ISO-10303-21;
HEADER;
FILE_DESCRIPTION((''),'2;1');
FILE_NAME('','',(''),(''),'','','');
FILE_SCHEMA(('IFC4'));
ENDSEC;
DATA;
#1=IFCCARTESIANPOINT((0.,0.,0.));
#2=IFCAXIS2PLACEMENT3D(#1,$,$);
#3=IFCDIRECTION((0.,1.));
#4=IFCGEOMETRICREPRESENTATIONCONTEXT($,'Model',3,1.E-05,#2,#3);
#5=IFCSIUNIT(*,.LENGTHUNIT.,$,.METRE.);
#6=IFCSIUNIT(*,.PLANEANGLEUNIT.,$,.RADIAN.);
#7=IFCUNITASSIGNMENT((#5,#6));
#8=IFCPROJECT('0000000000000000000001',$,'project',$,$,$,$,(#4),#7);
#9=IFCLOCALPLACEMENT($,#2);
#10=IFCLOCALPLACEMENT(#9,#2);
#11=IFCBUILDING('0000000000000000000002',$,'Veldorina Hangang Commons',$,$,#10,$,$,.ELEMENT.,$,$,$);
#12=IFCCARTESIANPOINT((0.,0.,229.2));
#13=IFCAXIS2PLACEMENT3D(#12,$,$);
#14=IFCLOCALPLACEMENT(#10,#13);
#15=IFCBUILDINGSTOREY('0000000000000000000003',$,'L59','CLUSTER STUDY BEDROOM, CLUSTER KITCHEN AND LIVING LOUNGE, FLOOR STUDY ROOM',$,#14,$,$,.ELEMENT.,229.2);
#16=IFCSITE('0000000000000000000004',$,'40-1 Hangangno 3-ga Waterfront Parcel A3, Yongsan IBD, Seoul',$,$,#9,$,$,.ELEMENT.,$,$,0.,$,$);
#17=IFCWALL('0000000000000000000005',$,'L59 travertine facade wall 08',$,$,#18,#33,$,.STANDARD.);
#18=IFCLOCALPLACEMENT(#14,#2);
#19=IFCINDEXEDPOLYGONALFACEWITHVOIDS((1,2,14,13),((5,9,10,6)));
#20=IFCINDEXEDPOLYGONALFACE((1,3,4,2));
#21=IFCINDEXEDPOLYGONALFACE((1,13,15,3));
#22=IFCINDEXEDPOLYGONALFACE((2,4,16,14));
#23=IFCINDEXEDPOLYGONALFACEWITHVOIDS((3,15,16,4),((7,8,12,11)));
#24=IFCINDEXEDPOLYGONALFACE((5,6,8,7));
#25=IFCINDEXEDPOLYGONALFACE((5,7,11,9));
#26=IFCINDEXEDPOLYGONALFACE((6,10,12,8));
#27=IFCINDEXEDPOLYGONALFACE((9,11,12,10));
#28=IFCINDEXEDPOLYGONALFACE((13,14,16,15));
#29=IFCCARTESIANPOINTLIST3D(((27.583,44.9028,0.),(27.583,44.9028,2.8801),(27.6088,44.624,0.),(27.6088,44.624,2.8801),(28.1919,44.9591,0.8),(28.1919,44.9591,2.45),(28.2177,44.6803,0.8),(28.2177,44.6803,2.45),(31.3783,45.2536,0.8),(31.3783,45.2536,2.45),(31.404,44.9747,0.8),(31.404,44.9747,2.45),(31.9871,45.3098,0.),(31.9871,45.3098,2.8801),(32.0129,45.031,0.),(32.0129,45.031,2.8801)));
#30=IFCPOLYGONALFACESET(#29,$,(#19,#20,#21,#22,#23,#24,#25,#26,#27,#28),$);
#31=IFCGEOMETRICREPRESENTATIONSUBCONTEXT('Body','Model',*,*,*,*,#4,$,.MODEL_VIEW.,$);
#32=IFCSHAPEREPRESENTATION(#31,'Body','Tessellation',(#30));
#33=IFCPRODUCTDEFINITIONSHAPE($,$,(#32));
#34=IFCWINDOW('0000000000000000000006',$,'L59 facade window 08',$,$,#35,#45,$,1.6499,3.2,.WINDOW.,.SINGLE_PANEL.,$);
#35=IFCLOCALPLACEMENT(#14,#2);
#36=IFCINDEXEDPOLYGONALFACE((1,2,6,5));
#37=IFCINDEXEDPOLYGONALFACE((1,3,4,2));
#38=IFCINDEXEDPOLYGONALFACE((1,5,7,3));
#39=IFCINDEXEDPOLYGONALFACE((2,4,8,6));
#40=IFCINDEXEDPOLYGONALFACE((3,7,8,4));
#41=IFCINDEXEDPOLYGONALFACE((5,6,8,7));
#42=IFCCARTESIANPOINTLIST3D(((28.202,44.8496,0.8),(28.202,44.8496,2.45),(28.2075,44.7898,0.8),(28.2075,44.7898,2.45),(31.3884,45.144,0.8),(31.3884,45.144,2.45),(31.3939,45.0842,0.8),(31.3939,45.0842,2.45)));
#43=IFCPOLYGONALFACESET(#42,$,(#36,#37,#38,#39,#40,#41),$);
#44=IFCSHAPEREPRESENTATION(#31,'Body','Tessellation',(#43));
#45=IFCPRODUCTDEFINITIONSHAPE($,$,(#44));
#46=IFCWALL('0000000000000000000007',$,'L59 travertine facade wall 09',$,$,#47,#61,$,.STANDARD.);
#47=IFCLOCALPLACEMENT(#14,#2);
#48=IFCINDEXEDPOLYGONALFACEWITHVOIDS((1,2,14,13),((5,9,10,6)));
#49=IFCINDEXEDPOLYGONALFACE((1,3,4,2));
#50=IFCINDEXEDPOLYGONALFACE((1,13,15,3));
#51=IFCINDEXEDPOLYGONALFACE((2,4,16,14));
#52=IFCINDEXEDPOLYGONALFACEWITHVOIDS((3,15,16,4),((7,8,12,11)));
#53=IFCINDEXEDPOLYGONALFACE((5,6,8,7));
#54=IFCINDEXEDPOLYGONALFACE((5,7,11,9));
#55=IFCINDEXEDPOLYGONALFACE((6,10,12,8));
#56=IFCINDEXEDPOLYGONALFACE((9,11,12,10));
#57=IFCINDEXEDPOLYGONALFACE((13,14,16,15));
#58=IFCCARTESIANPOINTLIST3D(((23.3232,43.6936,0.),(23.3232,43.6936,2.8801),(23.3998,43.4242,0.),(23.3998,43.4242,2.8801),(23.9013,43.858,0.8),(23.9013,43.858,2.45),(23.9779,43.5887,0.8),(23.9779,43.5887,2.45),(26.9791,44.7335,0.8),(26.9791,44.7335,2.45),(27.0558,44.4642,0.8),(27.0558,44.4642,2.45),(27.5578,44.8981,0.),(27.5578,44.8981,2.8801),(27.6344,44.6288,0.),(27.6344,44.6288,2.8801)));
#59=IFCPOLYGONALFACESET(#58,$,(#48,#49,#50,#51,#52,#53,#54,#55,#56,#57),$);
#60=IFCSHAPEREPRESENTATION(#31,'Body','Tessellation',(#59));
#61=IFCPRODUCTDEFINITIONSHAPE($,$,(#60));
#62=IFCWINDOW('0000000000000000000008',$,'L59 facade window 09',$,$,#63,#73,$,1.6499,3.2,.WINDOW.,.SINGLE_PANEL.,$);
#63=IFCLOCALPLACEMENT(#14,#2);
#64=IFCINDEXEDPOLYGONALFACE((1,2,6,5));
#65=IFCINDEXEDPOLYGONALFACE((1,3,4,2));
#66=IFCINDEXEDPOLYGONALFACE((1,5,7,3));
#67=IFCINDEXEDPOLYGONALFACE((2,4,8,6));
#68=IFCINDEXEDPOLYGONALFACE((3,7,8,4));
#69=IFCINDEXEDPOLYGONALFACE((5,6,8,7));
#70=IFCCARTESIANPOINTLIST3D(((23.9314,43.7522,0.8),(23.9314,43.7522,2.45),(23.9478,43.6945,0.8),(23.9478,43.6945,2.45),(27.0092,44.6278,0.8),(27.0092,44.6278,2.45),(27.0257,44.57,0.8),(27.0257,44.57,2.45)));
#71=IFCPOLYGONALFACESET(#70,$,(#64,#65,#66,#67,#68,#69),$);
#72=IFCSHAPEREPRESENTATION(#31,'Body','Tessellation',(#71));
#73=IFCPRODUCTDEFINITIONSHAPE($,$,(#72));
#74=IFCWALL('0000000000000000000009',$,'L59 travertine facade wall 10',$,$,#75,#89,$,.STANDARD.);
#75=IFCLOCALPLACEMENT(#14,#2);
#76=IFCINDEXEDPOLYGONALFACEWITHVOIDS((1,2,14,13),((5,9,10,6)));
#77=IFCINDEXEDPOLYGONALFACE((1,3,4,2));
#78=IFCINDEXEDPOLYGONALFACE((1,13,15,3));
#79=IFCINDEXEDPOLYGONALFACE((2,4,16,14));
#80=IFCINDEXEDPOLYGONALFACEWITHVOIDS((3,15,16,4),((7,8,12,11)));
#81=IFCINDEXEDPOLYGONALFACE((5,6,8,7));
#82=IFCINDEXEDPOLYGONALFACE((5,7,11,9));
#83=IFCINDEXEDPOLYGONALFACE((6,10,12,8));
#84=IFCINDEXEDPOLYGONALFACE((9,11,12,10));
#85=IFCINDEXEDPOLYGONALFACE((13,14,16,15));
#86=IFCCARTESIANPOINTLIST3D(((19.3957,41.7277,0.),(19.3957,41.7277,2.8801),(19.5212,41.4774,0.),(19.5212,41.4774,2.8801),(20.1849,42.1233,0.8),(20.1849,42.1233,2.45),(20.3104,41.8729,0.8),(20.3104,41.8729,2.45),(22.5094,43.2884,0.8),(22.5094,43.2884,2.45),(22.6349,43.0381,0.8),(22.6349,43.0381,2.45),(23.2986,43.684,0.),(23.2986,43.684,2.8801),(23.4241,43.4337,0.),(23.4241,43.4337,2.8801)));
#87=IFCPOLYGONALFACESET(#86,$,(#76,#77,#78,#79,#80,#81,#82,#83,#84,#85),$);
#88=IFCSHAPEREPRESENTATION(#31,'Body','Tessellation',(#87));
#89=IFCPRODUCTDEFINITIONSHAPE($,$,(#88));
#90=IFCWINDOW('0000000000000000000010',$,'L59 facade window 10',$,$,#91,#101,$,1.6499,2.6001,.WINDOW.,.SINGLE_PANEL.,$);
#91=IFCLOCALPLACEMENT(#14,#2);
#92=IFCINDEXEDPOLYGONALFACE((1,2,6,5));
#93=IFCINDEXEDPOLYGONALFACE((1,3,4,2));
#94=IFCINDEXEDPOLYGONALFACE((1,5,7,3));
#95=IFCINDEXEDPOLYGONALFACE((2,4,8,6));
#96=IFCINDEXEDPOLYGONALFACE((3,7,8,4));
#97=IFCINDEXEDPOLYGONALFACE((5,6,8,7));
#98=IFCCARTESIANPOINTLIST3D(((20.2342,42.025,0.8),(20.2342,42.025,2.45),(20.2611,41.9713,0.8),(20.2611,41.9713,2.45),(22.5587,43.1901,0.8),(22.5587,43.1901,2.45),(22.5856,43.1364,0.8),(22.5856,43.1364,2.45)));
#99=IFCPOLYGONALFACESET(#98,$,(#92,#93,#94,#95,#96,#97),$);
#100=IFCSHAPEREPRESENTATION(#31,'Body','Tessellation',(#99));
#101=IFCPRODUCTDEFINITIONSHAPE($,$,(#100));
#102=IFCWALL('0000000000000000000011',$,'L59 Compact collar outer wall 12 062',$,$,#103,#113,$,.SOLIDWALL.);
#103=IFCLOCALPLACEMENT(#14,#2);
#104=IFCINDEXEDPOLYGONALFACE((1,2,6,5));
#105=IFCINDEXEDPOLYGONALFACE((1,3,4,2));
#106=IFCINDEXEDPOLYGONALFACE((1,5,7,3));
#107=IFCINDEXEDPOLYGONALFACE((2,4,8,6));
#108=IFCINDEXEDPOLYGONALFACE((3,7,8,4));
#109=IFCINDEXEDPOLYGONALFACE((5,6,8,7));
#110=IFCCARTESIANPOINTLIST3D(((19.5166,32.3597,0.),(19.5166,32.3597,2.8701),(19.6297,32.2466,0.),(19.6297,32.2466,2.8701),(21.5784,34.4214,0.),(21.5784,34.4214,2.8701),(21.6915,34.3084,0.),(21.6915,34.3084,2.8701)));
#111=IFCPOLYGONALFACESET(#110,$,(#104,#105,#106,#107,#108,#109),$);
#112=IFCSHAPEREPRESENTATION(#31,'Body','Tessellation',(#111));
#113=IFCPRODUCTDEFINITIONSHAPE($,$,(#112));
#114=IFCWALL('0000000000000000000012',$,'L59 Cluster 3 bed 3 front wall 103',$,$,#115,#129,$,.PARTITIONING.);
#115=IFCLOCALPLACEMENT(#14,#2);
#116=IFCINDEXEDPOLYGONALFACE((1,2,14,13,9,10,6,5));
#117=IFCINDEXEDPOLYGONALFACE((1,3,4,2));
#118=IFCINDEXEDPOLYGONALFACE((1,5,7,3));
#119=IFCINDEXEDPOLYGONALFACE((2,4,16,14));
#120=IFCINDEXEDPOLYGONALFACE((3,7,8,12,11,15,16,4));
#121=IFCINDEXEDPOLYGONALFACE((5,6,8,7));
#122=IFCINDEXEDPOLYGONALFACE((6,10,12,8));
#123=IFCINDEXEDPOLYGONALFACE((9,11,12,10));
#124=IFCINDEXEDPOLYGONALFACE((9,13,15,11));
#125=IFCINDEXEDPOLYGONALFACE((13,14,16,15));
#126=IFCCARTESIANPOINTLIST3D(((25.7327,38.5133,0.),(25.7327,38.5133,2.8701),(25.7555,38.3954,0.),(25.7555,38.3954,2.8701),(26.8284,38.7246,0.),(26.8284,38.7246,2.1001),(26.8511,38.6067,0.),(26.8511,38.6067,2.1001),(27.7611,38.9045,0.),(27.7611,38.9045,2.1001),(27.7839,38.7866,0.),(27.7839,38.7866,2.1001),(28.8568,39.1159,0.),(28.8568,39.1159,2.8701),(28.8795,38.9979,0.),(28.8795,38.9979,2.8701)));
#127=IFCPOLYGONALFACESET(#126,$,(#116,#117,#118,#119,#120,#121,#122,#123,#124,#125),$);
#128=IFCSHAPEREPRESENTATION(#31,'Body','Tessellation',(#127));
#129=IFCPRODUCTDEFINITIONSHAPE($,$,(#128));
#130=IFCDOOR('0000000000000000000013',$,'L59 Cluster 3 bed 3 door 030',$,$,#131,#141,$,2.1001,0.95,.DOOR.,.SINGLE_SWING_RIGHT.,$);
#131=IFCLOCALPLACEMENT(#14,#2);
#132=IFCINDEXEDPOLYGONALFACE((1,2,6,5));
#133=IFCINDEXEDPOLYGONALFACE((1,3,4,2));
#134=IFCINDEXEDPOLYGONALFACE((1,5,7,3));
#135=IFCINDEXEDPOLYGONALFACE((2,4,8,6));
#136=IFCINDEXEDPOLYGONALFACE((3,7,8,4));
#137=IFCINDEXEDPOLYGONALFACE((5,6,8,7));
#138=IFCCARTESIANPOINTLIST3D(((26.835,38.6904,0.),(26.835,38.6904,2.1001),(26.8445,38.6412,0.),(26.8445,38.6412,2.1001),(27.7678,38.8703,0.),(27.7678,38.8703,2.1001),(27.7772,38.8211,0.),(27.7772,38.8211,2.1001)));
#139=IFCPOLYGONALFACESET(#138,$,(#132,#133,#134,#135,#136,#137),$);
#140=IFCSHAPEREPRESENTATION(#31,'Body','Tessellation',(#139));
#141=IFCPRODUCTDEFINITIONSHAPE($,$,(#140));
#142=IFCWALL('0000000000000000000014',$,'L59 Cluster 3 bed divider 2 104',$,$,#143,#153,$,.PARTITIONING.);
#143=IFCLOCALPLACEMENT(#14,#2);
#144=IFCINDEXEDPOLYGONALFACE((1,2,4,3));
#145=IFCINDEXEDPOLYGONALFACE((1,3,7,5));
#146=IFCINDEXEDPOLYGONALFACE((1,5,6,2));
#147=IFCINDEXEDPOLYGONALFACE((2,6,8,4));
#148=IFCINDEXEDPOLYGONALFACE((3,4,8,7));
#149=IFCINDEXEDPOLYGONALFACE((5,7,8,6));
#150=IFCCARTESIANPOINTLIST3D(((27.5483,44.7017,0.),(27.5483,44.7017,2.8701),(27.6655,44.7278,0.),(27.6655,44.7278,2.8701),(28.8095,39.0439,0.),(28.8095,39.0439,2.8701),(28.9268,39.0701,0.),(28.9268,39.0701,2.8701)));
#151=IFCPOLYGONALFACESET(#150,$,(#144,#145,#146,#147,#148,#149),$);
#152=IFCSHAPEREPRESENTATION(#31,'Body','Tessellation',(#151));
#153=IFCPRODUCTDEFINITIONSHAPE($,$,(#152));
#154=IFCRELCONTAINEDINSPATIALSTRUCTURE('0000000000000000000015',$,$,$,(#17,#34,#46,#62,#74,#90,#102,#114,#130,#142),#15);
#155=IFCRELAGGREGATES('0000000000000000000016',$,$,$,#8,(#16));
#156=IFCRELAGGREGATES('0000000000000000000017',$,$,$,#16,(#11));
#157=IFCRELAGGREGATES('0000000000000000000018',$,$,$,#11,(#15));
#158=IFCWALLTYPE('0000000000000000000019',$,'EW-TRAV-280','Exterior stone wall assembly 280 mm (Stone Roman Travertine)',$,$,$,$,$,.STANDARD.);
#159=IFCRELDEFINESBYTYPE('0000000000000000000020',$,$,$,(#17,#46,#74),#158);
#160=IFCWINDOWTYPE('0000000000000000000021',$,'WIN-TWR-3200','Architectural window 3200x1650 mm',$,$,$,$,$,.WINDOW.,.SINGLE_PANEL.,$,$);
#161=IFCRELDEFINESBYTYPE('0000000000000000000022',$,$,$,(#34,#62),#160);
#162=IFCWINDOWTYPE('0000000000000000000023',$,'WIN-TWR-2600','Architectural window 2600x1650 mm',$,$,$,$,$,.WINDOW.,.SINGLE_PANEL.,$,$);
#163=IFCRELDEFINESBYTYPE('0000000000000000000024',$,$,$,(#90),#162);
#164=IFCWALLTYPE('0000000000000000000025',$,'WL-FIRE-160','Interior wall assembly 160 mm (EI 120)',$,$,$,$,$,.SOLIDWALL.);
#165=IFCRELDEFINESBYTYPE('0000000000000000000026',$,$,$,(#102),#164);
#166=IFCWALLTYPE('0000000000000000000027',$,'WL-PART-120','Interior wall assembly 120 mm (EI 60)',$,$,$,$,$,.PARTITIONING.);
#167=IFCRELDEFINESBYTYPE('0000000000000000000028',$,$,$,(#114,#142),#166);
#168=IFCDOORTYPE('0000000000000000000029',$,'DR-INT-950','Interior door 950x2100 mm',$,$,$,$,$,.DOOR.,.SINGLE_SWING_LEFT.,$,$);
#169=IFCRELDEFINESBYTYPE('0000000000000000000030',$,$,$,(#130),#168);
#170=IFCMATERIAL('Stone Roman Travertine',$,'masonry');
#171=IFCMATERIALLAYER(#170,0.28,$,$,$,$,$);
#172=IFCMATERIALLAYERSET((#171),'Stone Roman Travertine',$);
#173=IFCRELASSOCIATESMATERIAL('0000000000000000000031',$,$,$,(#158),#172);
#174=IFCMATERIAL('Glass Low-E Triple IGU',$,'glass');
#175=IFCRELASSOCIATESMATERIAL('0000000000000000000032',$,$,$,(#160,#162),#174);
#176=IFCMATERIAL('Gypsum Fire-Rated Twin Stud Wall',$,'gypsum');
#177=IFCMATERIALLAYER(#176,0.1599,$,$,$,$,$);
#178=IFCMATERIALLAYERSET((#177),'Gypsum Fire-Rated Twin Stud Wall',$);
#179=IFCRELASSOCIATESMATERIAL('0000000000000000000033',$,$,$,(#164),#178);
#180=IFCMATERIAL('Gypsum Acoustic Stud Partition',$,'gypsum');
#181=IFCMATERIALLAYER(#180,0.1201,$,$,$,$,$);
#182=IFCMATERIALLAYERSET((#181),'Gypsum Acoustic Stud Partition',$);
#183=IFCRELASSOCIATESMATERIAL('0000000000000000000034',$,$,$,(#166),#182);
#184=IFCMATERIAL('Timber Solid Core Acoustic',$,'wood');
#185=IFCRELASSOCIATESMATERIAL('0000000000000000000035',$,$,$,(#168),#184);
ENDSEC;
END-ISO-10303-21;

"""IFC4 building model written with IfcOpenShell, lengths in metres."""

from ifc_helpers import new_model, si_unit, direction, frame, frame_2d, origin, place, context, subcontext, project, spatial, rectangle, extrude, material, layer, layer_set, type_object, element, fill, save


model = new_model("IFC4")

# Units and contexts
model_context = context("Model", 3, precision=1e-05, world=origin(), true_north=direction((0.0, 1.0)))
body_context = subcontext(model_context, "Body", "Model", "MODEL_VIEW")
ifc_project = project(units=[si_unit("LENGTHUNIT", "METRE"), si_unit("PLANEANGLEUNIT", "RADIAN")], contexts=[model_context])

# Site, building, storey
site_placement = place(None, origin())
site = spatial("IfcSite", under=ifc_project, at=site_placement, Name="40-1 Hangangno 3-ga Waterfront Parcel A3, Yongsan IBD, Seoul", CompositionType="ELEMENT", RefElevation=0.0)
building_placement = place(site_placement, origin())
building = spatial("IfcBuilding", under=site, at=building_placement, Name="Veldorina Hangang Commons", CompositionType="ELEMENT")
storey_placement = place(building_placement, frame((0.0, 0.0, 229.2)))
storey = spatial("IfcBuildingStorey", under=building, at=storey_placement, Name="L59", Description="CLUSTER STUDY BEDROOM, CLUSTER KITCHEN AND LIVING LOUNGE, FLOOR STUDY ROOM", CompositionType="ELEMENT", Elevation=229.2)

# Walls, openings, windows
ifc_material_1 = material(Name="Stone Roman Travertine", Category="masonry")
ifc_layer_1 = layer(ifc_material_1, 0.28)
ifc_layer_set_1 = layer_set([ifc_layer_1], Name="Stone Roman Travertine")
wall_type_1 = type_object("IfcWallType", Name="EW-TRAV-280", Description="Exterior stone wall assembly 280 mm (Stone Roman Travertine)", PredefinedType="STANDARD", material=ifc_layer_set_1)
wall_1_placement = place(storey_placement, frame((32.0, 45.1704, 0.0), z_axis=(0.0, 0.0, 1.0), x_axis=(-0.995757, -0.092019, 0.0)))
wall_1 = element("IfcWall", 1, at=wall_1_placement, inside=storey, type_object=wall_type_1, Name="L59 travertine facade wall 08", PredefinedType="STANDARD", context=body_context, shape_type="SweptSolid", body=[
    extrude(rectangle(XDim=4.4229, YDim=0.28, at=frame_2d((2.2114, 0.0))), origin(), (0.0, 0.0, 1.0), 2.8801),
])
opening_1_placement = place(wall_1_placement, frame((0.6113, 0.0, 0.8)))
opening_1 = element("IfcOpeningElement", 2, at=opening_1_placement, cuts=wall_1, PredefinedType="OPENING", context=body_context, shape_type="SweptSolid", body=[
    extrude(rectangle(XDim=3.2, YDim=1.6499, at=frame_2d((1.6001, 0.825))), frame((0.0, 0.1499, 0.0), z_axis=(0.0, -1.0, 0.0), x_axis=(1.0, 0.0, 0.0)), (0.0, 0.0, 1.0), 0.3),
])
ifc_material_2 = material(Name="Glass Low-E Triple IGU", Category="glass")
window_type_1 = type_object("IfcWindowType", Name="WIN-TWR-3200", Description="Architectural window 3200x1650 mm", PartitioningType="SINGLE_PANEL", PredefinedType="WINDOW", material=ifc_material_2)
window_1_placement = place(opening_1_placement, origin())
window_1 = element("IfcWindow", 3, at=window_1_placement, inside=storey, type_object=window_type_1, Name="L59 facade window 08", OverallHeight=1.6499, OverallWidth=3.2, PartitioningType="SINGLE_PANEL", PredefinedType="WINDOW", context=body_context, shape_type="SweptSolid", body=[
    extrude(rectangle(XDim=3.2, YDim=1.6499, at=frame_2d((1.6001, 0.825))), frame((0.0, 0.03, 0.0), z_axis=(0.0, -1.0, 0.0), x_axis=(1.0, 0.0, 0.0)), (0.0, 0.0, 1.0), 0.0601),
])
fill(opening_1, window_1)
wall_2_placement = place(storey_placement, frame((27.5959, 44.7634, 0.0), z_axis=(0.0, 0.0, 1.0), x_axis=(-0.961841, -0.273608, 0.0)))
wall_2 = element("IfcWall", 4, at=wall_2_placement, inside=storey, type_object=wall_type_1, Name="L59 travertine facade wall 09", PredefinedType="STANDARD", context=body_context, shape_type="SweptSolid", body=[
    extrude(rectangle(XDim=4.4026, YDim=0.28, at=frame_2d((2.2012, 0.0))), origin(), (0.0, 0.0, 1.0), 2.8801),
])
opening_2_placement = place(wall_2_placement, frame((0.6013, 0.0, 0.8)))
opening_2 = element("IfcOpeningElement", 5, at=opening_2_placement, cuts=wall_2, PredefinedType="OPENING", context=body_context, shape_type="SweptSolid", body=[
    extrude(rectangle(XDim=3.2, YDim=1.6499, at=frame_2d((1.6001, 0.825))), frame((0.0, 0.1499, 0.0), z_axis=(0.0, -1.0, 0.0), x_axis=(1.0, 0.0, 0.0)), (0.0, 0.0, 1.0), 0.3),
])
window_2_placement = place(opening_2_placement, origin())
window_2 = element("IfcWindow", 6, at=window_2_placement, inside=storey, type_object=window_type_1, Name="L59 facade window 09", OverallHeight=1.6499, OverallWidth=3.2, PartitioningType="SINGLE_PANEL", PredefinedType="WINDOW", context=body_context, shape_type="SweptSolid", body=[
    extrude(rectangle(XDim=3.2, YDim=1.6499, at=frame_2d((1.6001, 0.825))), frame((0.0, 0.03, 0.0), z_axis=(0.0, -1.0, 0.0), x_axis=(1.0, 0.0, 0.0)), (0.0, 0.0, 1.0), 0.0601),
])
fill(opening_2, window_2)
wall_3_placement = place(storey_placement, frame((23.3613, 43.5588, 0.0), z_axis=(0.0, 0.0, 1.0), x_axis=(-0.893979, -0.448108, 0.0)))
wall_3 = element("IfcWall", 7, at=wall_3_placement, inside=storey, type_object=wall_type_1, Name="L59 travertine facade wall 10", PredefinedType="STANDARD", context=body_context, shape_type="SweptSolid", body=[
    extrude(rectangle(XDim=4.3657, YDim=0.28, at=frame_2d((2.1829, 0.0))), origin(), (0.0, 0.0, 1.0), 2.8801),
])
opening_3_placement = place(wall_3_placement, frame((0.8828, 0.0, 0.8)))
opening_3 = element("IfcOpeningElement", 8, at=opening_3_placement, cuts=wall_3, PredefinedType="OPENING", context=body_context, shape_type="SweptSolid", body=[
    extrude(rectangle(XDim=2.6001, YDim=1.6499, at=frame_2d((1.3, 0.825))), frame((0.0, 0.1499, 0.0), z_axis=(0.0, -1.0, 0.0), x_axis=(1.0, 0.0, 0.0)), (0.0, 0.0, 1.0), 0.3),
])
window_type_2 = type_object("IfcWindowType", Name="WIN-TWR-2600", Description="Architectural window 2600x1650 mm", PartitioningType="SINGLE_PANEL", PredefinedType="WINDOW", material=ifc_material_2)
window_3_placement = place(opening_3_placement, origin())
window_3 = element("IfcWindow", 9, at=window_3_placement, inside=storey, type_object=window_type_2, Name="L59 facade window 10", OverallHeight=1.6499, OverallWidth=2.6001, PartitioningType="SINGLE_PANEL", PredefinedType="WINDOW", context=body_context, shape_type="SweptSolid", body=[
    extrude(rectangle(XDim=2.6001, YDim=1.6499, at=frame_2d((1.3, 0.825))), frame((0.0, 0.03, 0.0), z_axis=(0.0, -1.0, 0.0), x_axis=(1.0, 0.0, 0.0)), (0.0, 0.0, 1.0), 0.0601),
])
fill(opening_3, window_3)

# Wall
ifc_material_3 = material(Name="Gypsum Fire-Rated Twin Stud Wall", Category="gypsum")
ifc_layer_2 = layer(ifc_material_3, 0.1599)
ifc_layer_set_2 = layer_set([ifc_layer_2], Name="Gypsum Fire-Rated Twin Stud Wall")
wall_type_2 = type_object("IfcWallType", Name="WL-FIRE-160", Description="Interior wall assembly 160 mm (EI 120)", PredefinedType="SOLIDWALL", material=ifc_layer_set_2)
wall_4_placement = place(storey_placement, frame((21.635, 34.365, 0.0), z_axis=(0.0, 0.0, 1.0), x_axis=(-0.707107, -0.707107, 0.0)))
element("IfcWall", 10, at=wall_4_placement, inside=storey, type_object=wall_type_2, Name="L59 Compact collar outer wall 12 062", PredefinedType="SOLIDWALL", context=body_context, shape_type="SweptSolid", body=[
    extrude(rectangle(XDim=2.9158, YDim=0.1599, at=frame_2d((1.458, 0.0))), origin(), (0.0, 0.0, 1.0), 2.8701),
])

# Wall, opening, door
ifc_material_4 = material(Name="Gypsum Acoustic Stud Partition", Category="gypsum")
ifc_layer_3 = layer(ifc_material_4, 0.1201)
ifc_layer_set_3 = layer_set([ifc_layer_3], Name="Gypsum Acoustic Stud Partition")
wall_type_3 = type_object("IfcWallType", Name="WL-PART-120", Description="Interior wall assembly 120 mm (EI 60)", PredefinedType="PARTITIONING", material=ifc_layer_set_3)
wall_5_placement = place(storey_placement, frame((28.8682, 39.0569, 0.0), z_axis=(0.0, 0.0, 1.0), x_axis=(-0.981903, -0.189382, 0.0)))
wall_5 = element("IfcWall", 11, at=wall_5_placement, inside=storey, type_object=wall_type_3, Name="L59 Cluster 3 bed 3 front wall 103", PredefinedType="PARTITIONING", context=body_context, shape_type="SweptSolid", body=[
    extrude(rectangle(XDim=3.1816, YDim=0.1201, at=frame_2d((1.5908, 0.0))), origin(), (0.0, 0.0, 1.0), 2.8701),
])
opening_4_placement = place(wall_5_placement, frame((1.1157, 0.0, 0.0)))
opening_4 = element("IfcOpeningElement", 12, at=opening_4_placement, cuts=wall_5, PredefinedType="OPENING", context=body_context, shape_type="SweptSolid", body=[
    extrude(rectangle(XDim=0.95, YDim=2.1001, at=frame_2d((0.4751, 1.05))), frame((0.0, 0.0701, 0.0), z_axis=(0.0, -1.0, 0.0), x_axis=(1.0, 0.0, 0.0)), (0.0, 0.0, 1.0), 0.1401),
])
ifc_material_5 = material(Name="Timber Solid Core Acoustic", Category="wood")
door_type = type_object("IfcDoorType", Name="DR-INT-950", Description="Interior door 950x2100 mm", OperationType="SINGLE_SWING_LEFT", PredefinedType="DOOR", material=ifc_material_5)
door_1_placement = place(opening_4_placement, origin())
door_1 = element("IfcDoor", 13, at=door_1_placement, inside=storey, type_object=door_type, Name="L59 Cluster 3 bed 3 door 030", OperationType="SINGLE_SWING_RIGHT", OverallHeight=2.1001, OverallWidth=0.95, PredefinedType="DOOR", context=body_context, shape_type="SweptSolid", body=[
    extrude(rectangle(XDim=0.95, YDim=2.1001, at=frame_2d((0.4751, 1.05))), frame((0.0, 0.0249, 0.0), z_axis=(0.0, -1.0, 0.0), x_axis=(1.0, 0.0, 0.0)), (0.0, 0.0, 1.0), 0.05),
])
fill(opening_4, door_1)

# Wall
wall_6_placement = place(storey_placement, frame((28.8682, 39.0569, 0.0), z_axis=(0.0, 0.0, 1.0), x_axis=(-0.217582, 0.976042, 0.0)))
element("IfcWall", 14, at=wall_6_placement, inside=storey, type_object=wall_type_3, Name="L59 Cluster 3 bed divider 2 104", PredefinedType="PARTITIONING", context=body_context, shape_type="SweptSolid", body=[
    extrude(rectangle(XDim=5.7966, YDim=0.1201, at=frame_2d((2.8984, 0.0))), origin(), (0.0, 0.0, 1.0), 2.8701),
])

save(model, "model.ifc")
